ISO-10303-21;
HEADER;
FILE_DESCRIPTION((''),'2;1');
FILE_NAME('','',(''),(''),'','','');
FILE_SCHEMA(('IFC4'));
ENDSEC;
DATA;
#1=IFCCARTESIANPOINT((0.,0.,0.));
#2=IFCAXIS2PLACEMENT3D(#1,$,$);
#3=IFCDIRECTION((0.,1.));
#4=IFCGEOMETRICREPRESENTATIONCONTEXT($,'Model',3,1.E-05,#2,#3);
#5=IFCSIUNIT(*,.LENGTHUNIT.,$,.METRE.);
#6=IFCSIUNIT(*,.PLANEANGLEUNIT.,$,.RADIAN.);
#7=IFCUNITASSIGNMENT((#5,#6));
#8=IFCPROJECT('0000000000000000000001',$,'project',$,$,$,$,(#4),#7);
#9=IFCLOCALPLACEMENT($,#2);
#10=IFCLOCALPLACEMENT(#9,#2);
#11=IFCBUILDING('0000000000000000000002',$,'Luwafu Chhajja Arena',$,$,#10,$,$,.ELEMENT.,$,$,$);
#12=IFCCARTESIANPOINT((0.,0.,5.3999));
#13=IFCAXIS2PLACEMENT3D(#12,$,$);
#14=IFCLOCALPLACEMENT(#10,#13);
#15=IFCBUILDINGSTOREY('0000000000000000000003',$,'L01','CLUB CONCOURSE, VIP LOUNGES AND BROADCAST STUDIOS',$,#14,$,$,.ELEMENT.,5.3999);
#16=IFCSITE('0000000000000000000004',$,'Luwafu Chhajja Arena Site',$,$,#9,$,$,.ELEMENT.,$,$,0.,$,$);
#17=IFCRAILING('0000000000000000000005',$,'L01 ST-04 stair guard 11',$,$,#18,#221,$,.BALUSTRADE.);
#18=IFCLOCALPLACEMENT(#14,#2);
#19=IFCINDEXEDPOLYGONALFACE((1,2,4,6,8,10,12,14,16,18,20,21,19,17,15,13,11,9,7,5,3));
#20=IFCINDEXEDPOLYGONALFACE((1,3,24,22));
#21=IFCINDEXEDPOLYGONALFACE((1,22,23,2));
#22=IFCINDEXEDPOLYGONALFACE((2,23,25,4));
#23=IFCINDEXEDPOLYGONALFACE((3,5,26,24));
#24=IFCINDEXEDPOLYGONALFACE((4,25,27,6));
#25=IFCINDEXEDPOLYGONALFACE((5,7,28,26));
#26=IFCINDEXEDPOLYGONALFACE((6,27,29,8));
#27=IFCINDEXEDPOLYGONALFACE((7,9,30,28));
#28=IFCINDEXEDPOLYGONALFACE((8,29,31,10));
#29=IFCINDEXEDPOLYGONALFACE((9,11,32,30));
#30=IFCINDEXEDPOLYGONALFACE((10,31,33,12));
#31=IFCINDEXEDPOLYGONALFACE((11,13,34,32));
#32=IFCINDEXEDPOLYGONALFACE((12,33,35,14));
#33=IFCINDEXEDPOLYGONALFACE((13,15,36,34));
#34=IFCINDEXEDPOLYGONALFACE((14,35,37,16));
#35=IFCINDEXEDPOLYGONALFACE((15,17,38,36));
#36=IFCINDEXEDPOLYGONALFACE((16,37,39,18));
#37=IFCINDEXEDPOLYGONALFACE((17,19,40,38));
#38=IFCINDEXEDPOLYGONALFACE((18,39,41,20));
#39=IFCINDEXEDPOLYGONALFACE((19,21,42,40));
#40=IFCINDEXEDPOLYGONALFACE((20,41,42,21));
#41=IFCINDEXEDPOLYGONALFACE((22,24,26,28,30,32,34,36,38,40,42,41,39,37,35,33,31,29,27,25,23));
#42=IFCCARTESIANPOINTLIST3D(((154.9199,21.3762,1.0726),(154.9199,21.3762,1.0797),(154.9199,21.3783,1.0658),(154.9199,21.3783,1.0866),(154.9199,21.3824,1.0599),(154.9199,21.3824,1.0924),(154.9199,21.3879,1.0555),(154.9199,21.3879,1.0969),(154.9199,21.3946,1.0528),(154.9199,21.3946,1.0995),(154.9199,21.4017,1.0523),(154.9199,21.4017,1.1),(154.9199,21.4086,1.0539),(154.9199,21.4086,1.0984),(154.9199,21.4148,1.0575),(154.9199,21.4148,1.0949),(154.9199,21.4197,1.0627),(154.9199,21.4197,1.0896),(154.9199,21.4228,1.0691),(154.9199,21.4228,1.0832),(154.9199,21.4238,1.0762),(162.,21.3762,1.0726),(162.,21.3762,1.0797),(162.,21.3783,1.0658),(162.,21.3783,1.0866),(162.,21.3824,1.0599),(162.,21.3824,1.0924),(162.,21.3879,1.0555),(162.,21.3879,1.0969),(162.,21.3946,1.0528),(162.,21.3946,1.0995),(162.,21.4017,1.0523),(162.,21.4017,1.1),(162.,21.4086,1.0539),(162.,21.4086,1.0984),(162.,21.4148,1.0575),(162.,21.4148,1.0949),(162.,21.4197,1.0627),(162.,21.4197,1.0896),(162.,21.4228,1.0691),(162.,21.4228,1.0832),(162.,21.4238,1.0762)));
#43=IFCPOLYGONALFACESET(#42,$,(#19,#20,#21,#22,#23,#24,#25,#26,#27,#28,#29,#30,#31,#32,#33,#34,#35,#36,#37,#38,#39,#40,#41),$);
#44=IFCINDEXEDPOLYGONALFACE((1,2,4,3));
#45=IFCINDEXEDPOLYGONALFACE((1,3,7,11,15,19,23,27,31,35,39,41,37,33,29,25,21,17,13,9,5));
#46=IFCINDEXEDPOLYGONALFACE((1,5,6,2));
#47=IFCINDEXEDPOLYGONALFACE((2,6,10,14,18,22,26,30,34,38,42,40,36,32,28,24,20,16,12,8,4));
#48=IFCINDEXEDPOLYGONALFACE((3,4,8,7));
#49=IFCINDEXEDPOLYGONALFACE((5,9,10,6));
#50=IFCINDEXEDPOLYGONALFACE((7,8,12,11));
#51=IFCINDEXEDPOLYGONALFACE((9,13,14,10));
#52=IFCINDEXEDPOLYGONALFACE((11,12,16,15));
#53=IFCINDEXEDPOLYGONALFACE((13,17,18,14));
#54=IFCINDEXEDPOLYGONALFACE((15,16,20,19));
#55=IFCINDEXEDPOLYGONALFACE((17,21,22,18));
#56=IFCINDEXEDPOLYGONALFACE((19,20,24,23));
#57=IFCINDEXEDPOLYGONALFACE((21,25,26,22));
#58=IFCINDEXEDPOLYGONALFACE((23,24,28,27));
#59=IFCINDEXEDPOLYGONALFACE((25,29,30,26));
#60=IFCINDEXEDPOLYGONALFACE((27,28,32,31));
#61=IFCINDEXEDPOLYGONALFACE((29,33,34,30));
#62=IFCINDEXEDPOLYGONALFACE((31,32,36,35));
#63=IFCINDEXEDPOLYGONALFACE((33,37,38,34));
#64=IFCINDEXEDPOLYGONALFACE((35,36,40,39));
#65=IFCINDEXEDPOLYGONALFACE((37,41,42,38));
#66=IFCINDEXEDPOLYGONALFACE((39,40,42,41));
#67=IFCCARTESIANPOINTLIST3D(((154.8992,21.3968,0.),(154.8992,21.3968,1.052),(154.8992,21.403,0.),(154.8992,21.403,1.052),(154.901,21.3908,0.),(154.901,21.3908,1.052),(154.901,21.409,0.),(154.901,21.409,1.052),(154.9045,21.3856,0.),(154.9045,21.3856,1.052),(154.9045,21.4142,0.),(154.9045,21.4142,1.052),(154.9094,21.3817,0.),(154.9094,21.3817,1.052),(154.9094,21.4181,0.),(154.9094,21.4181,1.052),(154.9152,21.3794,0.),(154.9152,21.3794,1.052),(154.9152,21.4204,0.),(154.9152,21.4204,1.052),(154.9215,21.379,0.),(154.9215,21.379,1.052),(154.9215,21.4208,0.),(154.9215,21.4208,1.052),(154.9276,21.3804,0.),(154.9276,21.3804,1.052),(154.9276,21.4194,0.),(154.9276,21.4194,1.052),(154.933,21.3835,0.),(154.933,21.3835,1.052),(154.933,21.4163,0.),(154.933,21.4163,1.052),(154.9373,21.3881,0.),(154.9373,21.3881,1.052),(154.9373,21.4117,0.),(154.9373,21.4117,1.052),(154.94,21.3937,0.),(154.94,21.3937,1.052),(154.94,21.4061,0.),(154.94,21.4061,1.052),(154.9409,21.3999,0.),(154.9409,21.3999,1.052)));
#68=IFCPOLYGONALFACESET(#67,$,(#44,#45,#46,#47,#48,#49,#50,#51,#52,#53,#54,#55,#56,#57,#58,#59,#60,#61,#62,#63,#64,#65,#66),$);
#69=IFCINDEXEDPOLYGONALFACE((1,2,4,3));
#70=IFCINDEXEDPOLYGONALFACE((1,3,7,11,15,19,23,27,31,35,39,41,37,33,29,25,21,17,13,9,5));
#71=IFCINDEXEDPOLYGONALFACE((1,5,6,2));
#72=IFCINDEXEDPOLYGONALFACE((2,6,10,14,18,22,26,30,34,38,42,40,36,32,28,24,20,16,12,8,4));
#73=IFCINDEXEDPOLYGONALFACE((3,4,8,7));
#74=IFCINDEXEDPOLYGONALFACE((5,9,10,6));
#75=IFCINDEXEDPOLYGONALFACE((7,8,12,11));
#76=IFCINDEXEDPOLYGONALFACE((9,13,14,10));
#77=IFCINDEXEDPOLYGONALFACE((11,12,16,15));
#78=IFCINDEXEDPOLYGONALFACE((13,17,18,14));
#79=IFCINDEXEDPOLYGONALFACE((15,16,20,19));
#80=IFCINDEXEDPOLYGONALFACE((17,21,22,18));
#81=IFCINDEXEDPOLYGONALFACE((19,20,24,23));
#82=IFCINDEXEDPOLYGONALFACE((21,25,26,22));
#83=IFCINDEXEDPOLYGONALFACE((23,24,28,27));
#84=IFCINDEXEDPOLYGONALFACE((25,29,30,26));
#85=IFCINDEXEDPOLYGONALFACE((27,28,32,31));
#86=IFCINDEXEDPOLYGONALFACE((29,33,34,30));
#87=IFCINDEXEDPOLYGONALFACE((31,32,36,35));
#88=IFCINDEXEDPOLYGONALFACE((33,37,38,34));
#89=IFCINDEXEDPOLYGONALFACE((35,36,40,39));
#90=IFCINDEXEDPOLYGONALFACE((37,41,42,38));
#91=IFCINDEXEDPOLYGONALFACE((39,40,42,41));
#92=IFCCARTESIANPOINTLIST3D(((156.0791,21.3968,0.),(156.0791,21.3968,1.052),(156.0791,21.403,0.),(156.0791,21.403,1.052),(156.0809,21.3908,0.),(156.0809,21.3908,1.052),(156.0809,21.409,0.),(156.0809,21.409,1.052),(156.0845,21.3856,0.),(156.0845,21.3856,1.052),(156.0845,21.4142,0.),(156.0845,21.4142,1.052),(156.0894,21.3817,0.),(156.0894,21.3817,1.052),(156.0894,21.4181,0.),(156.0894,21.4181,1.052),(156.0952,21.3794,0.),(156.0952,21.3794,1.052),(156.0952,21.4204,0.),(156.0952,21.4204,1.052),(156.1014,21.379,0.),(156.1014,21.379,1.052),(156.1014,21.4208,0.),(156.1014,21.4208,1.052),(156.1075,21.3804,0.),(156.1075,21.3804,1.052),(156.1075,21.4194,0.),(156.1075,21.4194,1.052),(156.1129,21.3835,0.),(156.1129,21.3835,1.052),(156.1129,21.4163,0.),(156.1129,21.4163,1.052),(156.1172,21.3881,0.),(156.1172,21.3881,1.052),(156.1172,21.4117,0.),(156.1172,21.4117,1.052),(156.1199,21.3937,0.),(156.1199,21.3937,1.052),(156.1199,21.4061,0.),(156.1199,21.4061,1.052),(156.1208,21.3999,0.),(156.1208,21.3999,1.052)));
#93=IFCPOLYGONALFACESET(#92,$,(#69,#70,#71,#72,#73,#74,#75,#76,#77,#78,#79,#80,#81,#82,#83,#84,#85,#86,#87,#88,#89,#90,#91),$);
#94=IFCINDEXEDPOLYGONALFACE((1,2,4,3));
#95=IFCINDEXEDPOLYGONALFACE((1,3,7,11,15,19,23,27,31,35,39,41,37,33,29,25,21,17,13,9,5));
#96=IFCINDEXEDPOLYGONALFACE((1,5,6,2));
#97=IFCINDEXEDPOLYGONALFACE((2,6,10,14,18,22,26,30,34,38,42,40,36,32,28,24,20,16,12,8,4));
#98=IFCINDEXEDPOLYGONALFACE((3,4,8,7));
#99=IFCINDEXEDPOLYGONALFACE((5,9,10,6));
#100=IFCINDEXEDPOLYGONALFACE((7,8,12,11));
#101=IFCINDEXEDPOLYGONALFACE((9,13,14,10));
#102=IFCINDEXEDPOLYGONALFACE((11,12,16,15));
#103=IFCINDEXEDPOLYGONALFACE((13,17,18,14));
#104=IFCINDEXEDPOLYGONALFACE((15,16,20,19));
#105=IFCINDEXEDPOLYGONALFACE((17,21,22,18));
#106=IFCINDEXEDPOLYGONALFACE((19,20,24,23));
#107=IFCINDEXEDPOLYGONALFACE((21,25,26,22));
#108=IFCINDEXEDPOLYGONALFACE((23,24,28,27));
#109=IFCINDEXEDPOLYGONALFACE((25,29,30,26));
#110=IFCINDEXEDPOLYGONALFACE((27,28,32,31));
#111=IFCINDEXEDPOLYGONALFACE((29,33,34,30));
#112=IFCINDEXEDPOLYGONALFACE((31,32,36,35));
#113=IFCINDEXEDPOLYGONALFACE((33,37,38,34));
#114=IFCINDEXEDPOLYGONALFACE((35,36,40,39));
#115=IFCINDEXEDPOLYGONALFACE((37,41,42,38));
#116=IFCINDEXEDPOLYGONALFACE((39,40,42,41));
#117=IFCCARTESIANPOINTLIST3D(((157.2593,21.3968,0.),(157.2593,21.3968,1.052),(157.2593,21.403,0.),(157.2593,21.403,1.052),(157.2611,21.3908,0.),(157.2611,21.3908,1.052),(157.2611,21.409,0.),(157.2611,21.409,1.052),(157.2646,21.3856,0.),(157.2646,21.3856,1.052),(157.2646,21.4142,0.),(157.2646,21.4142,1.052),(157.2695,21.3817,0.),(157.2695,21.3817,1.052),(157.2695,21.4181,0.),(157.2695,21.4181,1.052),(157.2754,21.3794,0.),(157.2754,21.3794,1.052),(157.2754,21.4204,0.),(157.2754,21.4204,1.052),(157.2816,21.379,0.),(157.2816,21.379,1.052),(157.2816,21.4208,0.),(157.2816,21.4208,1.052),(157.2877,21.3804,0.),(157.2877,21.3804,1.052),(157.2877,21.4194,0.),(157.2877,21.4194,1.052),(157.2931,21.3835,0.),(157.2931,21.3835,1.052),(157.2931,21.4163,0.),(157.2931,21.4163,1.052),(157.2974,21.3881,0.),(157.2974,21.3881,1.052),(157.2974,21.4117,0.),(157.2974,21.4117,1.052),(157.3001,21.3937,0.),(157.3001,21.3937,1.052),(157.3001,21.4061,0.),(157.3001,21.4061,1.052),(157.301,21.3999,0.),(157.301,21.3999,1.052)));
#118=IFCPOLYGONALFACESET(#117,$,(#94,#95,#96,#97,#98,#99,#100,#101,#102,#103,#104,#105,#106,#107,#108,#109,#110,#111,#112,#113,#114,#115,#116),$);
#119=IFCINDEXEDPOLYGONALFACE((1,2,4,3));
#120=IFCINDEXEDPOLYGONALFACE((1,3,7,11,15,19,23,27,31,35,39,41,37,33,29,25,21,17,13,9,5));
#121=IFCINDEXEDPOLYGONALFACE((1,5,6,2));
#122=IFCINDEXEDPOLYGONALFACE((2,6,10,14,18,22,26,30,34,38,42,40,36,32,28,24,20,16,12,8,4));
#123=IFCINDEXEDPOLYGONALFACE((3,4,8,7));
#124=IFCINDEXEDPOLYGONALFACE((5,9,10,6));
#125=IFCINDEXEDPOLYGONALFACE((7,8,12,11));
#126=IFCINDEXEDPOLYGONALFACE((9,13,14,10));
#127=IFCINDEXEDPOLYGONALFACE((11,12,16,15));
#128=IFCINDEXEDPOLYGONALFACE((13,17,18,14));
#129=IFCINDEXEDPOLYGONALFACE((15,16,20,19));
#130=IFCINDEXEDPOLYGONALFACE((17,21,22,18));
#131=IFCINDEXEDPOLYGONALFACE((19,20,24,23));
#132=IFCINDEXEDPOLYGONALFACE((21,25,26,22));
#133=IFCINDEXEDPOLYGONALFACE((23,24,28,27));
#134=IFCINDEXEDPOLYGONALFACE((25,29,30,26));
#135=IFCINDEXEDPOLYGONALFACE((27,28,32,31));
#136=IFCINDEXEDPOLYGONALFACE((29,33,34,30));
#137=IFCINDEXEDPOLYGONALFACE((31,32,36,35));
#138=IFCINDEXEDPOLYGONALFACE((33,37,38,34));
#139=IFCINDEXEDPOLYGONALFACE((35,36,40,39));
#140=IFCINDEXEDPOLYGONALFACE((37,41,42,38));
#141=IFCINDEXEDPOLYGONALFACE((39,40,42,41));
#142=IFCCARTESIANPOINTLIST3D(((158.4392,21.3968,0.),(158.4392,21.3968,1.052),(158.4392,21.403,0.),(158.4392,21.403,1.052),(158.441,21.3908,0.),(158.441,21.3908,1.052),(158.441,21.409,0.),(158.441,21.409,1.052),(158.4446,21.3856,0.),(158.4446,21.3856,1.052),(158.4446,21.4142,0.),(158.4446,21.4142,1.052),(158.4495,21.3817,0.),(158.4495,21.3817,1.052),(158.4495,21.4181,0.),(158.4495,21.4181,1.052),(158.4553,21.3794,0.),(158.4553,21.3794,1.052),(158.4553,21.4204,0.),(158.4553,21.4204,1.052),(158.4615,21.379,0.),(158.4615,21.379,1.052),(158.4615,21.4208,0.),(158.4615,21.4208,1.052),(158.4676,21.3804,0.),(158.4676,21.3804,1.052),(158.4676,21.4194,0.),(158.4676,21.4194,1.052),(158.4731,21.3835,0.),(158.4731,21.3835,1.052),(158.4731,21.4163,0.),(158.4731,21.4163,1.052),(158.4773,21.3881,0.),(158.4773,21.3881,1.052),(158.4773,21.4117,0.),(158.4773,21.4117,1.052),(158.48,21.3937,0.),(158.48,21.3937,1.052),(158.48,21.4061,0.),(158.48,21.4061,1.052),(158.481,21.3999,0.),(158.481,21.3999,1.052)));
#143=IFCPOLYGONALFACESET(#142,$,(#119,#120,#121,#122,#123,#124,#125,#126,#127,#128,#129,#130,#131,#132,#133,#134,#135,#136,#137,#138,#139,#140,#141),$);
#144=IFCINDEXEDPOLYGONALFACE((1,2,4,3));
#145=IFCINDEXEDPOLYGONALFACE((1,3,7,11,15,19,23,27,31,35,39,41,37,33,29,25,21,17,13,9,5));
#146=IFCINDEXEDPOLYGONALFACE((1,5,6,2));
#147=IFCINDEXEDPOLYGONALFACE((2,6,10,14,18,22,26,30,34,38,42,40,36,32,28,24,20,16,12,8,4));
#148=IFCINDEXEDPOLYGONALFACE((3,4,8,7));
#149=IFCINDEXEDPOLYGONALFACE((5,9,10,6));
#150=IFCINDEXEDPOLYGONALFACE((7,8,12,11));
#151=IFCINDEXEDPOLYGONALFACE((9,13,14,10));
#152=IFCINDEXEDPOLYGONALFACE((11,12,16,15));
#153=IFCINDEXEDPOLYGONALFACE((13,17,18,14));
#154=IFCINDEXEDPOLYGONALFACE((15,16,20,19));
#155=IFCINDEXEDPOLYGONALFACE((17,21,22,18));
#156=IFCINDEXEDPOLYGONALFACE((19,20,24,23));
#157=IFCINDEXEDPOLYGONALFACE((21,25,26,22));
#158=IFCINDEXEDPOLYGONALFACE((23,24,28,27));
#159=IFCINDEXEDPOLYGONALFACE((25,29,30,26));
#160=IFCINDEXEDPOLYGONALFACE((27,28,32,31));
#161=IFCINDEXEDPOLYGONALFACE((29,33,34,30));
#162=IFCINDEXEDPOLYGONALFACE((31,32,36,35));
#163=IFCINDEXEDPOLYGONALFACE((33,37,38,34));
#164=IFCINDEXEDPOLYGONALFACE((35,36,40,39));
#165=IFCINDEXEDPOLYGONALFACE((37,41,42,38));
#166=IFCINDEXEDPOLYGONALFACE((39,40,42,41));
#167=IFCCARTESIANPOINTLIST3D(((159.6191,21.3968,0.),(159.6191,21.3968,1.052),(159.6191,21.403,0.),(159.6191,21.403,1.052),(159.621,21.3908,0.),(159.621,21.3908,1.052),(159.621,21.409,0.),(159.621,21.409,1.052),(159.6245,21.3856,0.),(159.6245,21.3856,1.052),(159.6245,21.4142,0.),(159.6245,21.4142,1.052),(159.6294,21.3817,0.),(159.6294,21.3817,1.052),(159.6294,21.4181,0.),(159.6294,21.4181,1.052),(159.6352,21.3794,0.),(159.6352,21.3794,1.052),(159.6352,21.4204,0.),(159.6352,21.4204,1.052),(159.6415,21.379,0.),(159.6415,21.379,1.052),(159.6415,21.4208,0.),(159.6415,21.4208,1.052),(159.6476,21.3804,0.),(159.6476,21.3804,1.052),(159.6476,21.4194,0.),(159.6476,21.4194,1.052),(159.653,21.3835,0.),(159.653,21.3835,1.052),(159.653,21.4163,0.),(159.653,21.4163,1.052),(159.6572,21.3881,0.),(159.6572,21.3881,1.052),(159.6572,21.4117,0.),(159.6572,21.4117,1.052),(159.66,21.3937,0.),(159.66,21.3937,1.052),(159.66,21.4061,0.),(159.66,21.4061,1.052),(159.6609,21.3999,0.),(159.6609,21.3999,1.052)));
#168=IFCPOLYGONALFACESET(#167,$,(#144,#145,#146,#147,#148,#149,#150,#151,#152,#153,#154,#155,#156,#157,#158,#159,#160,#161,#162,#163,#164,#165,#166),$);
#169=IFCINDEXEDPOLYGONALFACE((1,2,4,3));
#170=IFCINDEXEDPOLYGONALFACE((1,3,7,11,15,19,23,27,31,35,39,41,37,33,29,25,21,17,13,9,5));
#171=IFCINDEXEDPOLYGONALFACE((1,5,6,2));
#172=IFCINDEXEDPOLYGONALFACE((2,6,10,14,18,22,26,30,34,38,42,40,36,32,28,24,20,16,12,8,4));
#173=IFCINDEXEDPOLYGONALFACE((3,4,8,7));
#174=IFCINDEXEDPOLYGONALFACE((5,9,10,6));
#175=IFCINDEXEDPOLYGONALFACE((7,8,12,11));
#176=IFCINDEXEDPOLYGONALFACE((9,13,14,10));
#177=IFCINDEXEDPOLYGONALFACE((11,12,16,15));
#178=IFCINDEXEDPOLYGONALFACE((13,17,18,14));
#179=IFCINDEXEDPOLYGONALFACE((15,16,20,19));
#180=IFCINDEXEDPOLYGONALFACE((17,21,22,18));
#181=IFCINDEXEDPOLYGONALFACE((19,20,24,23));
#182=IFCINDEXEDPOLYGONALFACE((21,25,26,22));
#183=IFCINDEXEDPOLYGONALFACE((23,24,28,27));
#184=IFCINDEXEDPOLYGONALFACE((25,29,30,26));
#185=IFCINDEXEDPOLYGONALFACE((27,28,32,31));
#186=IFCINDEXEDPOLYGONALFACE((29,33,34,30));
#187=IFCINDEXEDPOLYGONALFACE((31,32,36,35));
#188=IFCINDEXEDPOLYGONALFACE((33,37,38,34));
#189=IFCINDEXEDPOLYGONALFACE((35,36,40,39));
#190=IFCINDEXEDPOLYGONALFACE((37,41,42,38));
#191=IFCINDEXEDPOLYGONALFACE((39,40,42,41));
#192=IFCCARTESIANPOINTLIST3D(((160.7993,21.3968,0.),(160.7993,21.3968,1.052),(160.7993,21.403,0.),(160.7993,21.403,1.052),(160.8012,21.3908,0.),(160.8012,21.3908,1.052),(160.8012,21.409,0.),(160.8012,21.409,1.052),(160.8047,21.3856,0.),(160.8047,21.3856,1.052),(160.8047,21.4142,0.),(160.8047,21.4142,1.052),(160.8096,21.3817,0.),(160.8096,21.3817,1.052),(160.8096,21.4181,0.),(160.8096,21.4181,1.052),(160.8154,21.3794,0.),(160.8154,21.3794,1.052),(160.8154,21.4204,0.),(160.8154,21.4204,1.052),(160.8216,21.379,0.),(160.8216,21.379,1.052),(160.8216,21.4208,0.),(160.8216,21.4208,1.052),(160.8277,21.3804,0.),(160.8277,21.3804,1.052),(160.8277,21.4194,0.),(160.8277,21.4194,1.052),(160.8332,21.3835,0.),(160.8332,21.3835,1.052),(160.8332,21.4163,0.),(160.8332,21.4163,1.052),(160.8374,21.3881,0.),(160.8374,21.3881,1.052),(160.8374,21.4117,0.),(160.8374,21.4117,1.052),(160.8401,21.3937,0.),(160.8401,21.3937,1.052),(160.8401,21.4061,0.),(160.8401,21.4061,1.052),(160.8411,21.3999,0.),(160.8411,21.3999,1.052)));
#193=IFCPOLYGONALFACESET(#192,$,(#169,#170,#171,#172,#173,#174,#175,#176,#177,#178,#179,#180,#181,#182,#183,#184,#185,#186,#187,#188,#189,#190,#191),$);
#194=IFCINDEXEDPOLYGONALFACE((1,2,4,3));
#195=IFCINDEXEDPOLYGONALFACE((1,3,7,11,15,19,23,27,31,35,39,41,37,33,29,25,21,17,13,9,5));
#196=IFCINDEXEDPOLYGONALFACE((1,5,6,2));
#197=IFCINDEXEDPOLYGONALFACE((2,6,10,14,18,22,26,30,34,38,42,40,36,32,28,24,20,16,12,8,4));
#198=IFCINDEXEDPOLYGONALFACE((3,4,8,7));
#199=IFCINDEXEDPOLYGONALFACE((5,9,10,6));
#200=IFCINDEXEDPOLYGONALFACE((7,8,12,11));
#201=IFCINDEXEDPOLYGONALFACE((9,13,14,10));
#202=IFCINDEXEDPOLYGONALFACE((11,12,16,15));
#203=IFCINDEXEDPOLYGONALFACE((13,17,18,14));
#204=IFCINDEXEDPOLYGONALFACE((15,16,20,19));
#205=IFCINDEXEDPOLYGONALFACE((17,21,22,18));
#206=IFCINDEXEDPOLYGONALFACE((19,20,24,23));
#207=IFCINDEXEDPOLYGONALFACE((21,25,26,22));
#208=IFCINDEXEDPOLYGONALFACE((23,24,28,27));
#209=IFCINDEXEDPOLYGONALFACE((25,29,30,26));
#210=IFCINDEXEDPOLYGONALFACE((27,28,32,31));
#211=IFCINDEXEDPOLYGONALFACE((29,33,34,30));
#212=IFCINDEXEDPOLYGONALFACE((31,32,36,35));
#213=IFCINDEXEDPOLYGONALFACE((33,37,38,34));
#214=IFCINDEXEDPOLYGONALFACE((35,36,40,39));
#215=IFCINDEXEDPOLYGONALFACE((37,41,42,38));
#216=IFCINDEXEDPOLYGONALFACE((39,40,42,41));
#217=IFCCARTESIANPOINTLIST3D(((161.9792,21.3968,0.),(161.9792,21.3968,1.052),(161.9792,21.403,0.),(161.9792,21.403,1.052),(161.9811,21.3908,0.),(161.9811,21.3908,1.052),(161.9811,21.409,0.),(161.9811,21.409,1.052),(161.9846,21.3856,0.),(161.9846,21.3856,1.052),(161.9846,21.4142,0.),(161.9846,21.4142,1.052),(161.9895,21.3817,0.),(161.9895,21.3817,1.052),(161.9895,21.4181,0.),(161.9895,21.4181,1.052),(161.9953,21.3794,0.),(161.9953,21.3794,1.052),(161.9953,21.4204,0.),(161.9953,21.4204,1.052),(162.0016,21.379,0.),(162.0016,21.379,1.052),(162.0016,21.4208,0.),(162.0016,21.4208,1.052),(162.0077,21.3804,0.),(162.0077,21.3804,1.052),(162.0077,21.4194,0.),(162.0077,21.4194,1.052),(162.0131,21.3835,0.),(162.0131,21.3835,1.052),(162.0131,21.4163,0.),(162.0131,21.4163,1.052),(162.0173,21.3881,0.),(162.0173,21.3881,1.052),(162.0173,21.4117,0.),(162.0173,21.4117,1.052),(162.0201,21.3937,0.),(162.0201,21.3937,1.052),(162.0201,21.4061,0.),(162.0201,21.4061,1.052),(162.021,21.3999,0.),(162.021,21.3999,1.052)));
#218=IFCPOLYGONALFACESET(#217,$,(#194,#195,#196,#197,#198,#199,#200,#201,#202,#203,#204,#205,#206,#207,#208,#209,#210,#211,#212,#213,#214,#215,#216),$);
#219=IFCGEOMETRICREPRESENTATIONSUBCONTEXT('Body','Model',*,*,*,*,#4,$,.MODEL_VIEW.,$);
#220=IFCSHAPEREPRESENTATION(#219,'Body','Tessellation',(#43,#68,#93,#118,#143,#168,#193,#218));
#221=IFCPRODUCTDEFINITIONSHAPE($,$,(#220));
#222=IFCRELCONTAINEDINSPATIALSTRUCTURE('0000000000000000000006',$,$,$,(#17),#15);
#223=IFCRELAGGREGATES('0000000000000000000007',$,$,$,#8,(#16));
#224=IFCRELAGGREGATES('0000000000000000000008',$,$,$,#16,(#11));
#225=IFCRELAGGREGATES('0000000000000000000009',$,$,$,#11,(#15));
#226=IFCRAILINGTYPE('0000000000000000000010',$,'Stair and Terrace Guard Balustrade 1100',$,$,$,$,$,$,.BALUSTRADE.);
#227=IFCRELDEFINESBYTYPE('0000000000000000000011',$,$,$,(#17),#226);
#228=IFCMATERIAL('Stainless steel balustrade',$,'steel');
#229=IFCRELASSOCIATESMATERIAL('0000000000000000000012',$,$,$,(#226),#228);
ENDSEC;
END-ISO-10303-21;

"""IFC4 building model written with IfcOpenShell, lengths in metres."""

from ifc_helpers import new_model, si_unit, direction, frame, origin, origin_2d, place, context, subcontext, project, spatial, circle, extrude, material, type_object, element, save


model = new_model("IFC4")

# Units and contexts
model_context = context("Model", 3, precision=1e-05, world=origin(), true_north=direction((0.0, 1.0)))
body_context = subcontext(model_context, "Body", "Model", "MODEL_VIEW")
ifc_project = project(units=[si_unit("LENGTHUNIT", "METRE"), si_unit("PLANEANGLEUNIT", "RADIAN")], contexts=[model_context])

# Site, building, storey
site_placement = place(None, origin())
site = spatial("IfcSite", under=ifc_project, at=site_placement, Name="Luwafu Chhajja Arena Site", CompositionType="ELEMENT", RefElevation=0.0)
building_placement = place(site_placement, origin())
building = spatial("IfcBuilding", under=site, at=building_placement, Name="Luwafu Chhajja Arena", CompositionType="ELEMENT")
storey_placement = place(building_placement, frame((0.0, 0.0, 5.3999)))
storey = spatial("IfcBuildingStorey", under=building, at=storey_placement, Name="L01", Description="CLUB CONCOURSE, VIP LOUNGES AND BROADCAST STUDIOS", CompositionType="ELEMENT", Elevation=5.3999)

# Railing
ifc_material_1 = material(Name="Stainless steel balustrade", Category="steel")
railing_type = type_object("IfcRailingType", Name="Stair and Terrace Guard Balustrade 1100", PredefinedType="BALUSTRADE", material=ifc_material_1)
railing_1_placement = place(storey_placement, frame((154.9199, 21.3999, 0.0)))
element("IfcRailing", 1, at=railing_1_placement, inside=storey, type_object=railing_type, Name="L01 ST-04 stair guard 11", PredefinedType="BALUSTRADE", context=body_context, shape_type="SweptSolid", body=[
    extrude(circle(Radius=0.0239, at=origin_2d()), frame((0.0, 0.0, 1.0762), z_axis=(1.0, 0.0, 0.0), x_axis=(0.0, 1.0, 0.0)), (0.0, 0.0, 1.0), 7.0801),
    extrude(circle(Radius=0.021, at=origin_2d()), origin(), (0.0, 0.0, 1.0), 1.052),
    extrude(circle(Radius=0.021, at=origin_2d()), frame((1.1799, 0.0, 0.0)), (0.0, 0.0, 1.0), 1.052),
    extrude(circle(Radius=0.021, at=origin_2d()), frame((2.3601, 0.0, 0.0)), (0.0, 0.0, 1.0), 1.052),
    extrude(circle(Radius=0.021, at=origin_2d()), frame((3.54, 0.0, 0.0)), (0.0, 0.0, 1.0), 1.052),
    extrude(circle(Radius=0.021, at=origin_2d()), frame((4.72, 0.0, 0.0)), (0.0, 0.0, 1.0), 1.052),
    extrude(circle(Radius=0.021, at=origin_2d()), frame((5.9001, 0.0, 0.0)), (0.0, 0.0, 1.0), 1.052),
    extrude(circle(Radius=0.021, at=origin_2d()), frame((7.0801, 0.0, 0.0)), (0.0, 0.0, 1.0), 1.052),
])

save(model, "model.ifc")
